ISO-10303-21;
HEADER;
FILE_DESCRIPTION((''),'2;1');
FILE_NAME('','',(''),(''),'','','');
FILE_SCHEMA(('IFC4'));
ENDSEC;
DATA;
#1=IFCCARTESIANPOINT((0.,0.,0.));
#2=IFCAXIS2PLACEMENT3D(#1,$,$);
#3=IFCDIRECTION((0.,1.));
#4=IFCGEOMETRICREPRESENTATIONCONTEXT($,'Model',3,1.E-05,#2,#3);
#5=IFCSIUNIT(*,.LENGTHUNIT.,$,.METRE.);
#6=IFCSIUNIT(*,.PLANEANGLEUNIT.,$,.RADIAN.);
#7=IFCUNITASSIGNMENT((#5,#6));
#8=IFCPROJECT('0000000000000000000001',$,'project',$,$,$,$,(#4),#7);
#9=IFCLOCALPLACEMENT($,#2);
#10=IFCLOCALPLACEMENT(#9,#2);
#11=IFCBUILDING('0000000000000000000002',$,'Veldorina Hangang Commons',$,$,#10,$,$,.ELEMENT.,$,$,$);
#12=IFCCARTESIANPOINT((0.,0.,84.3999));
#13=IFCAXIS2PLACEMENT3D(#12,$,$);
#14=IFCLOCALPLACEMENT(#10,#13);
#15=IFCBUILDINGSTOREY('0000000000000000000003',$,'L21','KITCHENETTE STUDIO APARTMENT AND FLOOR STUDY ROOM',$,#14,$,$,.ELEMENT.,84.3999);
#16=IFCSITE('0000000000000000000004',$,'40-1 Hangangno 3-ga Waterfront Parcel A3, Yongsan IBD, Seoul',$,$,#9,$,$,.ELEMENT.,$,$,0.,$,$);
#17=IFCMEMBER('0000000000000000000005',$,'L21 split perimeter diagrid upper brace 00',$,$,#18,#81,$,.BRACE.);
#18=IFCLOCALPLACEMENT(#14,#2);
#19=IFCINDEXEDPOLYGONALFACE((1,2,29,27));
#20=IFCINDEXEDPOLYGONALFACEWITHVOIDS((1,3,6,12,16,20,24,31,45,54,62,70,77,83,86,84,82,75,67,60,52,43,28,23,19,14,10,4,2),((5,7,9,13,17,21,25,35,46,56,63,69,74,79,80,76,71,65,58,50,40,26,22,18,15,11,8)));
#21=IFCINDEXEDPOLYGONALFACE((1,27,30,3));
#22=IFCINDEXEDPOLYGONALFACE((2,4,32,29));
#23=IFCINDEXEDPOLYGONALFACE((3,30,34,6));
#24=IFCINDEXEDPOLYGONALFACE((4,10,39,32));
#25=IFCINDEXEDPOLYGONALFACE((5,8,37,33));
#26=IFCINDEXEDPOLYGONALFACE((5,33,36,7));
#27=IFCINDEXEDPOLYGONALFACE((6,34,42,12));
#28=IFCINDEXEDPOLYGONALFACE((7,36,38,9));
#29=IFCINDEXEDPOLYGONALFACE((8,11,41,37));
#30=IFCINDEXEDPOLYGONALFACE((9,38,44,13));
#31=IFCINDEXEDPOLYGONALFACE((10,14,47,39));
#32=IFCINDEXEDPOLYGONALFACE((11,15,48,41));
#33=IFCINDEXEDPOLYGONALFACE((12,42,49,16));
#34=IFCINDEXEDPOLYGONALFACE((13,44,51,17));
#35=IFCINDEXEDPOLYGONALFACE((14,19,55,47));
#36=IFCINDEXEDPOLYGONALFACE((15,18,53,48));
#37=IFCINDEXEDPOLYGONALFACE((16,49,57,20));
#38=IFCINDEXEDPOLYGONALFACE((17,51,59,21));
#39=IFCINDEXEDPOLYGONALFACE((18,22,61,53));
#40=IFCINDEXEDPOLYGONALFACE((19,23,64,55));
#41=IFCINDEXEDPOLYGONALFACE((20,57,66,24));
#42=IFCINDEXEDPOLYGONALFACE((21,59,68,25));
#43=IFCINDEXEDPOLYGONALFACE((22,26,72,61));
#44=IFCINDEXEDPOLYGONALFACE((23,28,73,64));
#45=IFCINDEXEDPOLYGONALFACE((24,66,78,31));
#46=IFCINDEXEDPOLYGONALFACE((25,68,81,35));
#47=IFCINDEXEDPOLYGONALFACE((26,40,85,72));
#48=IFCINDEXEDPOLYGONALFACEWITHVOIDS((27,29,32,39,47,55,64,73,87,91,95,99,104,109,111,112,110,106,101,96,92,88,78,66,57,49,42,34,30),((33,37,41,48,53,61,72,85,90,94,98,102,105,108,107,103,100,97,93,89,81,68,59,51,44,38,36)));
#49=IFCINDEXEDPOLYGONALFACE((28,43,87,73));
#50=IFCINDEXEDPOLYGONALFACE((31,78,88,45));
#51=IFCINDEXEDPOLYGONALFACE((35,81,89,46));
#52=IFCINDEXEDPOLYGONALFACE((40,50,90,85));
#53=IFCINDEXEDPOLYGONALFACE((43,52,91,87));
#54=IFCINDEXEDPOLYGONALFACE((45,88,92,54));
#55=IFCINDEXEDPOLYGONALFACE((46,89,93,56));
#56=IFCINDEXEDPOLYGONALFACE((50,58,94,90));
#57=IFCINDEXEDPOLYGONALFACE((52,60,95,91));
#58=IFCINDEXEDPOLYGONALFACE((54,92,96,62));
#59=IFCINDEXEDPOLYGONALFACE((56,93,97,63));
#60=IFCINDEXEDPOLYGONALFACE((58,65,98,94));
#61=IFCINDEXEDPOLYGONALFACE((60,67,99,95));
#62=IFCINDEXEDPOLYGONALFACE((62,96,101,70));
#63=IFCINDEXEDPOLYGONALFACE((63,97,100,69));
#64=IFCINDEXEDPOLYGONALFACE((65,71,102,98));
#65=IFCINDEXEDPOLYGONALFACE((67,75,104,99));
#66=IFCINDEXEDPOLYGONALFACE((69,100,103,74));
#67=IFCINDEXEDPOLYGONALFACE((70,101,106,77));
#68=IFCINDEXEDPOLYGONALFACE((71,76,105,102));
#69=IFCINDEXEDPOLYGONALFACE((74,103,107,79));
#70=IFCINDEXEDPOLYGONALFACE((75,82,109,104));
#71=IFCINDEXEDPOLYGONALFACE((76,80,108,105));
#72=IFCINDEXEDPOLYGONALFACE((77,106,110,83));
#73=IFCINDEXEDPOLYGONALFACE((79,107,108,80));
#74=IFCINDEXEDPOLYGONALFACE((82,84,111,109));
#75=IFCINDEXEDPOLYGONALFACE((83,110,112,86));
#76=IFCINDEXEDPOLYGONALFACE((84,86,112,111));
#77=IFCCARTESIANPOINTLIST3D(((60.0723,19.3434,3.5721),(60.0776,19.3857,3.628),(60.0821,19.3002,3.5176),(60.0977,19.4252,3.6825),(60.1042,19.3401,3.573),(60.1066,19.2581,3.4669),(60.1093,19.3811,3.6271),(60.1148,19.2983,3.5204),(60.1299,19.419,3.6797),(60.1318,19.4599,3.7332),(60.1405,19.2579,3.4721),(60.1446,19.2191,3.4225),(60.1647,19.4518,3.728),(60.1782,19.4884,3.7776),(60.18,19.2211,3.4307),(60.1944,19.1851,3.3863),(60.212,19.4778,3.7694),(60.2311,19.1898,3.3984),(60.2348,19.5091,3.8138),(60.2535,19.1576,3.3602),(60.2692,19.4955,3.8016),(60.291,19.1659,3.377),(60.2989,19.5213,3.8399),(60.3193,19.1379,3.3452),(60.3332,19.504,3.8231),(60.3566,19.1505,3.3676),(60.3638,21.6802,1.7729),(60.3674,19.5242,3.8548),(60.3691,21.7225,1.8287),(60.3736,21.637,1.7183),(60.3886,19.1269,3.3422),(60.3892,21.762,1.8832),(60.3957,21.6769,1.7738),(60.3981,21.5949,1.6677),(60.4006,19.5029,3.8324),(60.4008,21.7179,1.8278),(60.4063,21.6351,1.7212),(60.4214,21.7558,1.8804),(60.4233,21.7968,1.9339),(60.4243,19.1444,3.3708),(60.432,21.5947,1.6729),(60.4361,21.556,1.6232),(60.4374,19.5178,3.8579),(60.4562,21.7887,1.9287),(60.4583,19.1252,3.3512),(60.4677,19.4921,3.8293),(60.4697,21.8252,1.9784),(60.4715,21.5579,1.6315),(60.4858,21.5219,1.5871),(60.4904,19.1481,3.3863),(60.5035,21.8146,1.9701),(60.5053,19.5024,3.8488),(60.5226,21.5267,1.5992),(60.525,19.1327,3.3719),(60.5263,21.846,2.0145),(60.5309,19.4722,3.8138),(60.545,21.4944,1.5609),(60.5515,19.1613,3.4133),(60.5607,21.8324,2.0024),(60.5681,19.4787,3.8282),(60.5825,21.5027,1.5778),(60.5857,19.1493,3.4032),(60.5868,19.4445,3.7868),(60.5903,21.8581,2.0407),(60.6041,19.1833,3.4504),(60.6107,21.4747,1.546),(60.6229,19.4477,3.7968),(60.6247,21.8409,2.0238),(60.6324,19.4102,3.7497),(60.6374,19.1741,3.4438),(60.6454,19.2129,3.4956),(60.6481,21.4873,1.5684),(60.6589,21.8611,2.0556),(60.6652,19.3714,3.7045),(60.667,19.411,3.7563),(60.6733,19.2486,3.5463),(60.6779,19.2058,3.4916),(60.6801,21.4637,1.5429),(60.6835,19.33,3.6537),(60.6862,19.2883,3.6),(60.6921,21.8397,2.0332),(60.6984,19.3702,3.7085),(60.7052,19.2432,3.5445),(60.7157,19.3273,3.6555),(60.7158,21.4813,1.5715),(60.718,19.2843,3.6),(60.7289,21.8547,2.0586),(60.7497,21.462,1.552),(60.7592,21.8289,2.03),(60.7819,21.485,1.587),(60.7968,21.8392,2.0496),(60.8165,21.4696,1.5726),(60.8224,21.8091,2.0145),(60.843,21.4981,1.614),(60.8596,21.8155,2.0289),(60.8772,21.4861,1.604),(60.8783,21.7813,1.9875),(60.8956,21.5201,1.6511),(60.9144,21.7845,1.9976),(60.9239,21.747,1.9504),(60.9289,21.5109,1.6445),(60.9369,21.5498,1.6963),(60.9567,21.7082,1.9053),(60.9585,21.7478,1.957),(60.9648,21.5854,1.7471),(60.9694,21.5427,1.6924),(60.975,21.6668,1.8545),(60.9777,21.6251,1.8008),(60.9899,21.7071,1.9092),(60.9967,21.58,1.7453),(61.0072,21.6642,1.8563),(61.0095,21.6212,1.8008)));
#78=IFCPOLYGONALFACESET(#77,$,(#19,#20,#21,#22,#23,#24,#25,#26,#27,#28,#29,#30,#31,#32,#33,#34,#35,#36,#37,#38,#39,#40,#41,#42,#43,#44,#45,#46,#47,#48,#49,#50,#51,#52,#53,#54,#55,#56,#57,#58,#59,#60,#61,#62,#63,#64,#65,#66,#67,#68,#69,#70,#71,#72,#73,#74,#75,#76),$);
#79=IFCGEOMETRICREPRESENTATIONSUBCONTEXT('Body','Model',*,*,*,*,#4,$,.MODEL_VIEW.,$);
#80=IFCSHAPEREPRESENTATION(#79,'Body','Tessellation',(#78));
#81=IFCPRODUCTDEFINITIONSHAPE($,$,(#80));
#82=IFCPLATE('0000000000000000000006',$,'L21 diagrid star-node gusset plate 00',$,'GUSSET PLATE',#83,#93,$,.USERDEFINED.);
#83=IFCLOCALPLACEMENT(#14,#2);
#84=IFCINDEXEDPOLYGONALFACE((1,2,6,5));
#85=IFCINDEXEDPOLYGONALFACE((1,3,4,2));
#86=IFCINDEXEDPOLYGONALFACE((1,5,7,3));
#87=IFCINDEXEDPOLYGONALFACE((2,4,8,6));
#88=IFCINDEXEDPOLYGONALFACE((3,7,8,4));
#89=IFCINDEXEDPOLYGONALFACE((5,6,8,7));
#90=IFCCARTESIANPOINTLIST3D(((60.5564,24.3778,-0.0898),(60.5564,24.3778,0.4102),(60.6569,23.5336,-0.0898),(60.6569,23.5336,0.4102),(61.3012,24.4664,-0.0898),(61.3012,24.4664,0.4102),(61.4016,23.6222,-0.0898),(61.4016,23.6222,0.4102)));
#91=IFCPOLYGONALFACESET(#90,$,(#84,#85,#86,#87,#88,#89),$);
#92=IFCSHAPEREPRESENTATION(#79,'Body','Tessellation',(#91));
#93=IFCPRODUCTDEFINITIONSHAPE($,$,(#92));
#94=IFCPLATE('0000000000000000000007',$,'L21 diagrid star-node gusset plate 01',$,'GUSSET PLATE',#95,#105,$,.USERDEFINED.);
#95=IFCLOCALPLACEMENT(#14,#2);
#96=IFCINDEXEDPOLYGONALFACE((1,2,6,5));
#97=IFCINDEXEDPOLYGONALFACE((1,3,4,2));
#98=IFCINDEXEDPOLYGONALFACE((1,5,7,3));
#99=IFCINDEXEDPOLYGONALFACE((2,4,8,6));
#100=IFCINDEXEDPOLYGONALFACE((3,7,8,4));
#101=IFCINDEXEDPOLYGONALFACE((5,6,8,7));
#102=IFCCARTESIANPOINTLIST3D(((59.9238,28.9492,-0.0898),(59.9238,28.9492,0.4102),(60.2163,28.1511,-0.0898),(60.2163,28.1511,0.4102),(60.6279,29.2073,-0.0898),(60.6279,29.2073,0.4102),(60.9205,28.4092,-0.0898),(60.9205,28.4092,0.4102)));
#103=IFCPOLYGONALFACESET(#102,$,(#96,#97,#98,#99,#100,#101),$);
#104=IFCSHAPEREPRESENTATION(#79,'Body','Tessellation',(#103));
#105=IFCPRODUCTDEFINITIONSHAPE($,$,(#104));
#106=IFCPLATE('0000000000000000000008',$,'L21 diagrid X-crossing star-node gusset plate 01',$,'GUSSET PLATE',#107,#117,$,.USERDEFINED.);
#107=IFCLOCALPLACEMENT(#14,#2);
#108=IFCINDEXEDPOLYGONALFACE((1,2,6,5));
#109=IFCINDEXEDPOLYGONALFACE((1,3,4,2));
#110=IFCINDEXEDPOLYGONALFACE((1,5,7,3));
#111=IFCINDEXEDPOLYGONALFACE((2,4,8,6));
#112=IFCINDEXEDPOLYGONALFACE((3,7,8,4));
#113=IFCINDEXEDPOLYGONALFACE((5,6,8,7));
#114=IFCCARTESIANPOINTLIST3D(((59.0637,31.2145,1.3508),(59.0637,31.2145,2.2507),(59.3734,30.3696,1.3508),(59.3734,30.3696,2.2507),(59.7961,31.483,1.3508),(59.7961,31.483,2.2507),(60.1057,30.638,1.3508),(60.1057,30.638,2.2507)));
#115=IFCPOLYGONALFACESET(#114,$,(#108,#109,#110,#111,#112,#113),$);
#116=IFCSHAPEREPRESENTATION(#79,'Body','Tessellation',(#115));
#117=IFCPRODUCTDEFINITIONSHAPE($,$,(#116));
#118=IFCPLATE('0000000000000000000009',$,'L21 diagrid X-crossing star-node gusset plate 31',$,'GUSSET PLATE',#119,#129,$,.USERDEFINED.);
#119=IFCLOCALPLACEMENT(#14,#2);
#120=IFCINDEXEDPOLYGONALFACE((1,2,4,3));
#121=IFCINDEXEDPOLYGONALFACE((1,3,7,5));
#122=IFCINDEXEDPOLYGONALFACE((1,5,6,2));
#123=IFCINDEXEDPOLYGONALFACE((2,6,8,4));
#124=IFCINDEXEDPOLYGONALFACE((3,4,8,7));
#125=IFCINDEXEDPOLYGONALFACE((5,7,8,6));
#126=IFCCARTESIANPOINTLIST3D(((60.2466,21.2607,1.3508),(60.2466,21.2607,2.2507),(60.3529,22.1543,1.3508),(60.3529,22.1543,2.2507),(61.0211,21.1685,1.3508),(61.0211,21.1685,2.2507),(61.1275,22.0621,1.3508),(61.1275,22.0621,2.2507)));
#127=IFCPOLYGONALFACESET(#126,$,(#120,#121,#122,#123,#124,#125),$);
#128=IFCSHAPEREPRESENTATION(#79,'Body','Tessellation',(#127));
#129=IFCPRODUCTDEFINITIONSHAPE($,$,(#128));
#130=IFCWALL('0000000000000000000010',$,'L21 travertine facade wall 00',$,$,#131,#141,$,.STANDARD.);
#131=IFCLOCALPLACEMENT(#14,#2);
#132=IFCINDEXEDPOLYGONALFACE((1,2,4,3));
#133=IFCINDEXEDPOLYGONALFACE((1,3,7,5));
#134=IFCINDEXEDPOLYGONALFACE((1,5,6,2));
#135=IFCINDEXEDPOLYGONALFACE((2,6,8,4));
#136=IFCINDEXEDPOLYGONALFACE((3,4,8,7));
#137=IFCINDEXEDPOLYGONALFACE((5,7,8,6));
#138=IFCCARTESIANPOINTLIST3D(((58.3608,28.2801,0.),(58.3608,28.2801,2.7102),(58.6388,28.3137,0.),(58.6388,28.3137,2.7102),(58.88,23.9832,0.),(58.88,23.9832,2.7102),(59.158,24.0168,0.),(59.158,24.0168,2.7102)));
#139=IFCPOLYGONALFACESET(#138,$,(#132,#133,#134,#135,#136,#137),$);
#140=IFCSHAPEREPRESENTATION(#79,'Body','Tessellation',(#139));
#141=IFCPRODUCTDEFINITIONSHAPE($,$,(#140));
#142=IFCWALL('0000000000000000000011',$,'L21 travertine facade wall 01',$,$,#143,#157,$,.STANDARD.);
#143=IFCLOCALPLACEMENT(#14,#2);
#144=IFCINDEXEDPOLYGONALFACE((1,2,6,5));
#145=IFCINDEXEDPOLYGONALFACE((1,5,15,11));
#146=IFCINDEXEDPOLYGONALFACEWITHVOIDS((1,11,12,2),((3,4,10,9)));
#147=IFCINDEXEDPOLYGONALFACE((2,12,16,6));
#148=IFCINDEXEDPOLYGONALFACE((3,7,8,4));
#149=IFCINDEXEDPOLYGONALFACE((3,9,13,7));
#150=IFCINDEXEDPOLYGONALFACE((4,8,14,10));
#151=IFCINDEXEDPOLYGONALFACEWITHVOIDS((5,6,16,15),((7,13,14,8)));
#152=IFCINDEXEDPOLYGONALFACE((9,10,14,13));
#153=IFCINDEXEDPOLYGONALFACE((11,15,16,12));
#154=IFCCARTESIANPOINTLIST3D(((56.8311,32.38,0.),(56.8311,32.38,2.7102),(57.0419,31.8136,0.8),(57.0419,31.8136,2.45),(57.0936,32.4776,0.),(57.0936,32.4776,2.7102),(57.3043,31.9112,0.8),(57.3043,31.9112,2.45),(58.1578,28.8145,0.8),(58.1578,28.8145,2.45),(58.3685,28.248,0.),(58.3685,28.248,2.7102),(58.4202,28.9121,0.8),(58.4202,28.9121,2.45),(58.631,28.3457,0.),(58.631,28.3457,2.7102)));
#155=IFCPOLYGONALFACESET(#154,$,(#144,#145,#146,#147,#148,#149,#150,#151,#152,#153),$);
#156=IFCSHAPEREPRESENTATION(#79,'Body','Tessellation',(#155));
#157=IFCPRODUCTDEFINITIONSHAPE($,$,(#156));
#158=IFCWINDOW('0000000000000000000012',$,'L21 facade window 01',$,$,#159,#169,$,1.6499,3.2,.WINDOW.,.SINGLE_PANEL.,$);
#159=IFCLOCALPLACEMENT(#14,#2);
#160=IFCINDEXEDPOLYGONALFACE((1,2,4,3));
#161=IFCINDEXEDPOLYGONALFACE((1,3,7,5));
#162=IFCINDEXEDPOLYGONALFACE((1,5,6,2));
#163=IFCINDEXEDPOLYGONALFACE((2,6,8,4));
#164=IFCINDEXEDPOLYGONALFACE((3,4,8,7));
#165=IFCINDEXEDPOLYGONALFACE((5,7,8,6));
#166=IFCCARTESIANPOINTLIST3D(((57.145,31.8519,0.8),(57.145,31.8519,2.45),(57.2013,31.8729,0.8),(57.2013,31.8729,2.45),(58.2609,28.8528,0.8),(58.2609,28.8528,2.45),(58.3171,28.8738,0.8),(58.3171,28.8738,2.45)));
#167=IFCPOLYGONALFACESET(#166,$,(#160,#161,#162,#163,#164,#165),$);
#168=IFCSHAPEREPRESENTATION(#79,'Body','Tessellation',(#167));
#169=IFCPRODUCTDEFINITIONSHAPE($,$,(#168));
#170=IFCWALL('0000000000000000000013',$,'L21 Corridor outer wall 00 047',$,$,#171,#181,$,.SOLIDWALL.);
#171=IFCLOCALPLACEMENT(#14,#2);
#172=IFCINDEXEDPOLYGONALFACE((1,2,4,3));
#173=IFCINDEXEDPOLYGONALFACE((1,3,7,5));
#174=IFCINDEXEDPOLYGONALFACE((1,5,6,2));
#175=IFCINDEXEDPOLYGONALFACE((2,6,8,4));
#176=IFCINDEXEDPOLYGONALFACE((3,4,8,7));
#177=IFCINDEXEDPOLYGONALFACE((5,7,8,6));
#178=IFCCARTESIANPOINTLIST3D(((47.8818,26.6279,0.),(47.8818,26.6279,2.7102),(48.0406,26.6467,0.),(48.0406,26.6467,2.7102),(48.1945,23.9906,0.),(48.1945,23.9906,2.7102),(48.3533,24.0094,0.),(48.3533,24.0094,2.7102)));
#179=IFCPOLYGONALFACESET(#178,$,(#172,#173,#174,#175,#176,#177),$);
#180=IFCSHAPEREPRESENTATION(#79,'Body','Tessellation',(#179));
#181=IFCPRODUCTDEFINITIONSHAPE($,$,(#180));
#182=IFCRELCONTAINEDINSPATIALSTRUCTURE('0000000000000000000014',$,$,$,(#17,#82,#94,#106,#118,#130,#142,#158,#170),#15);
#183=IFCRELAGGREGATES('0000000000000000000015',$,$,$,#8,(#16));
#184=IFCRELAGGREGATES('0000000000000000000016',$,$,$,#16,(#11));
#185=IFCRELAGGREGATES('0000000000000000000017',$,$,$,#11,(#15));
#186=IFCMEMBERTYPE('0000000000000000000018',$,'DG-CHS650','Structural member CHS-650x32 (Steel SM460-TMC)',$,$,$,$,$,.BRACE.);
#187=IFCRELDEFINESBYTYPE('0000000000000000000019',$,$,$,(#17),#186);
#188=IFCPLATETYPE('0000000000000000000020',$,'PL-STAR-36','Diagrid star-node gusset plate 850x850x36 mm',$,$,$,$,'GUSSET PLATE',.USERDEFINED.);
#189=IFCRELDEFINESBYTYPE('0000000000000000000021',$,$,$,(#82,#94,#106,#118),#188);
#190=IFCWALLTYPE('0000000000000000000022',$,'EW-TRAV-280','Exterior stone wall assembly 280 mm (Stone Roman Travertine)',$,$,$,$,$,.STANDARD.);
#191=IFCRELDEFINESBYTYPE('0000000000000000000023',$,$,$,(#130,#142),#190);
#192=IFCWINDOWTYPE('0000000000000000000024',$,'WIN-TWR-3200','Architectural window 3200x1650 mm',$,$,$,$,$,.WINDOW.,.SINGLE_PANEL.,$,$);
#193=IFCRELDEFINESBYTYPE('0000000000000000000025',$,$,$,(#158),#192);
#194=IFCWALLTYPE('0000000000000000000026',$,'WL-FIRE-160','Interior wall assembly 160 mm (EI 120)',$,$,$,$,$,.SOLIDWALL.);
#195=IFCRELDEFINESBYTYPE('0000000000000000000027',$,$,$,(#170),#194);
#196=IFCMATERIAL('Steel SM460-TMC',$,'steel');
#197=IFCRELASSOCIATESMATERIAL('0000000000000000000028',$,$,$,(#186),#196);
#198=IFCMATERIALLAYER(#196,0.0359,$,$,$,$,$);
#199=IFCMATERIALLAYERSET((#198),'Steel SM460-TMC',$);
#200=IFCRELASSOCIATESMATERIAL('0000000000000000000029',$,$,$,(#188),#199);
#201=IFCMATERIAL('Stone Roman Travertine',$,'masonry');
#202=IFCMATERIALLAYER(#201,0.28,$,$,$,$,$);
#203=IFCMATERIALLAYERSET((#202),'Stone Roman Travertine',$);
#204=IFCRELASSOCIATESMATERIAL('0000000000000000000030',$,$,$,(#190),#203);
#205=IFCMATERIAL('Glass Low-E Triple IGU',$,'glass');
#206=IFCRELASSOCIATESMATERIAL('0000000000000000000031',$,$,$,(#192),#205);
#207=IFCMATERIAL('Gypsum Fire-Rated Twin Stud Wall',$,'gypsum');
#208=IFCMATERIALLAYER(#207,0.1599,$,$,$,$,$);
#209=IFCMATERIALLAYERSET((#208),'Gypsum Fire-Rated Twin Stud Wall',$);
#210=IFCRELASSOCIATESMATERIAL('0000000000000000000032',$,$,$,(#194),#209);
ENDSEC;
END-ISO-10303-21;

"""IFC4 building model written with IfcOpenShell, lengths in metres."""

from ifc_helpers import new_model, si_unit, direction, frame, frame_2d, origin, origin_2d, place, context, subcontext, project, spatial, rectangle, hollow_circle, extrude, material, layer, layer_set, material_profile, profile_set, type_object, element, fill, save


model = new_model("IFC4")

# Units and contexts
model_context = context("Model", 3, precision=1e-05, world=origin(), true_north=direction((0.0, 1.0)))
body_context = subcontext(model_context, "Body", "Model", "MODEL_VIEW")
ifc_project = project(units=[si_unit("LENGTHUNIT", "METRE"), si_unit("PLANEANGLEUNIT", "RADIAN")], contexts=[model_context])

# Site, building, storey
site_placement = place(None, origin())
site = spatial("IfcSite", under=ifc_project, at=site_placement, Name="40-1 Hangangno 3-ga Waterfront Parcel A3, Yongsan IBD, Seoul", CompositionType="ELEMENT", RefElevation=0.0)
building_placement = place(site_placement, origin())
building = spatial("IfcBuilding", under=site, at=building_placement, Name="Veldorina Hangang Commons", CompositionType="ELEMENT")
storey_placement = place(building_placement, frame((0.0, 0.0, 84.3999)))
storey = spatial("IfcBuildingStorey", under=building, at=storey_placement, Name="L21", Description="KITCHENETTE STUDIO APARTMENT AND FLOOR STUDY ROOM", CompositionType="ELEMENT", Elevation=84.3999)

# Member
ifc_material_1 = material(Name="Steel SM460-TMC", Category="steel")
ifc_material_profile_1 = material_profile(ifc_material_1, hollow_circle(Radius=0.325, WallThickness=0.032, at=origin_2d()), Name="CHS-650x32")
ifc_profile_set_1 = profile_set([ifc_material_profile_1], Name="Steel SM460-TMC")
member_type = type_object("IfcMemberType", Name="DG-CHS650", Description="Structural member CHS-650x32 (Steel SM460-TMC)", PredefinedType="BRACE", material=ifc_profile_set_1)
member_1_placement = place(storey_placement, frame((60.687, 21.6614, 1.8008), z_axis=(-0.098357, -0.788505, 0.607113), x_axis=(0.99231, -0.12378, 0.0)))
element("IfcMember", 1, at=member_1_placement, inside=storey, type_object=member_type, Name="L21 split perimeter diagrid upper brace 00", PredefinedType="BRACE", context=body_context, shape_type="SweptSolid", body=[
    extrude(hollow_circle(Radius=0.325, WallThickness=0.032, at=origin_2d()), origin(), (0.0, 0.0, 1.0), 2.9636),
])

# Plates
ifc_layer_1 = layer(ifc_material_1, 0.0359)
ifc_layer_set_1 = layer_set([ifc_layer_1], Name="Steel SM460-TMC")
plate_type = type_object("IfcPlateType", Name="PL-STAR-36", Description="Diagrid star-node gusset plate 850x850x36 mm", ElementType="GUSSET PLATE", PredefinedType="USERDEFINED", material=ifc_layer_set_1)
for number, where, z_axis, x_axis, name in (
    (2, (60.979, 24.0, -0.0898), (0.0, 0.0, 1.0), (-0.118161, 0.992994, 0.0), "L21 diagrid star-node gusset plate 00"),
    (3, (60.4221, 28.6792, -0.0898), (0.0, 0.0, 1.0), (-0.344119, 0.938926, 0.0), "L21 diagrid star-node gusset plate 01"),
):
    element("IfcPlate", number, at=place(storey_placement, frame(where, z_axis=z_axis, x_axis=x_axis)), inside=storey, type_object=plate_type, Name=name, ObjectType="GUSSET PLATE", PredefinedType="USERDEFINED", context=body_context, shape_type="SweptSolid", body=[
        extrude(rectangle(XDim=0.8501, YDim=0.75, at=origin_2d()), origin(), (0.0, 0.0, 1.0), 0.5),
    ])
for number, where, z_axis, x_axis, name in (
    (4, (59.5847, 30.9263, 1.3508), (0.0, 0.0, 1.0), (-0.344119, 0.938926, 0.0), "L21 diagrid X-crossing star-node gusset plate 01"),
    (5, (60.687, 21.6614, 1.3508), (0.0, 0.0, 1.0), (0.118161, 0.992994, 0.0), "L21 diagrid X-crossing star-node gusset plate 31"),
):
    element("IfcPlate", number, at=place(storey_placement, frame(where, z_axis=z_axis, x_axis=x_axis)), inside=storey, type_object=plate_type, Name=name, ObjectType="GUSSET PLATE", PredefinedType="USERDEFINED", context=body_context, shape_type="SweptSolid", body=[
        extrude(rectangle(XDim=0.8999, YDim=0.78, at=origin_2d()), origin(), (0.0, 0.0, 1.0), 0.8999),
    ])

# Wall
ifc_material_2 = material(Name="Stone Roman Travertine", Category="masonry")
ifc_layer_2 = layer(ifc_material_2, 0.28)
ifc_layer_set_2 = layer_set([ifc_layer_2], Name="Stone Roman Travertine")
wall_type_1 = type_object("IfcWallType", Name="EW-TRAV-280", Description="Exterior stone wall assembly 280 mm (Stone Roman Travertine)", PredefinedType="STANDARD", material=ifc_layer_set_2)
wall_1_placement = place(storey_placement, frame((59.019, 24.0, 0.0), z_axis=(0.0, 0.0, 1.0), x_axis=(-0.119979, 0.992776, 0.0)))
element("IfcWall", 6, at=wall_1_placement, inside=storey, type_object=wall_type_1, Name="L21 travertine facade wall 00", PredefinedType="STANDARD", context=body_context, shape_type="SweptSolid", body=[
    extrude(rectangle(XDim=4.3281, YDim=0.28, at=frame_2d((2.1641, 0.0))), origin(), (0.0, 0.0, 1.0), 2.7102),
])

# Wall, opening, window
wall_2_placement = place(storey_placement, frame((58.4998, 28.2969, 0.0), z_axis=(0.0, 0.0, 1.0), x_axis=(-0.348719, 0.937227, 0.0)))
wall_2 = element("IfcWall", 7, at=wall_2_placement, inside=storey, type_object=wall_type_1, Name="L21 travertine facade wall 01", PredefinedType="STANDARD", context=body_context, shape_type="SweptSolid", body=[
    extrude(rectangle(XDim=4.4087, YDim=0.28, at=frame_2d((2.2043, 0.0))), origin(), (0.0, 0.0, 1.0), 2.7102),
])
opening_1_placement = place(wall_2_placement, frame((0.6042, 0.0, 0.8)))
opening_1 = element("IfcOpeningElement", 8, at=opening_1_placement, cuts=wall_2, PredefinedType="OPENING", context=body_context, shape_type="SweptSolid", body=[
    extrude(rectangle(XDim=3.2, YDim=1.6499, at=frame_2d((1.6001, 0.825))), frame((0.0, 0.1499, 0.0), z_axis=(0.0, -1.0, 0.0), x_axis=(1.0, 0.0, 0.0)), (0.0, 0.0, 1.0), 0.3),
])
ifc_material_3 = material(Name="Glass Low-E Triple IGU", Category="glass")
window_type = type_object("IfcWindowType", Name="WIN-TWR-3200", Description="Architectural window 3200x1650 mm", PartitioningType="SINGLE_PANEL", PredefinedType="WINDOW", material=ifc_material_3)
window_placement = place(opening_1_placement, origin())
window = element("IfcWindow", 9, at=window_placement, inside=storey, type_object=window_type, Name="L21 facade window 01", OverallHeight=1.6499, OverallWidth=3.2, PartitioningType="SINGLE_PANEL", PredefinedType="WINDOW", context=body_context, shape_type="SweptSolid", body=[
    extrude(rectangle(XDim=3.2, YDim=1.6499, at=frame_2d((1.6001, 0.825))), frame((0.0, 0.03, 0.0), z_axis=(0.0, -1.0, 0.0), x_axis=(1.0, 0.0, 0.0)), (0.0, 0.0, 1.0), 0.0601),
])
fill(opening_1, window)

# Wall
ifc_material_4 = material(Name="Gypsum Fire-Rated Twin Stud Wall", Category="gypsum")
ifc_layer_3 = layer(ifc_material_4, 0.1599)
ifc_layer_set_3 = layer_set([ifc_layer_3], Name="Gypsum Fire-Rated Twin Stud Wall")
wall_type_2 = type_object("IfcWallType", Name="WL-FIRE-160", Description="Interior wall assembly 160 mm (EI 120)", PredefinedType="SOLIDWALL", material=ifc_layer_set_3)
wall_3_placement = place(storey_placement, frame((48.2739, 24.0, 0.0), z_axis=(0.0, 0.0, 1.0), x_axis=(-0.117764, 0.993042, 0.0)))
element("IfcWall", 10, at=wall_3_placement, inside=storey, type_object=wall_type_2, Name="L21 Corridor outer wall 00 047", PredefinedType="SOLIDWALL", context=body_context, shape_type="SweptSolid", body=[
    extrude(rectangle(XDim=2.6558, YDim=0.1599, at=frame_2d((1.3279, 0.0))), origin(), (0.0, 0.0, 1.0), 2.7102),
])

save(model, "model.ifc")
